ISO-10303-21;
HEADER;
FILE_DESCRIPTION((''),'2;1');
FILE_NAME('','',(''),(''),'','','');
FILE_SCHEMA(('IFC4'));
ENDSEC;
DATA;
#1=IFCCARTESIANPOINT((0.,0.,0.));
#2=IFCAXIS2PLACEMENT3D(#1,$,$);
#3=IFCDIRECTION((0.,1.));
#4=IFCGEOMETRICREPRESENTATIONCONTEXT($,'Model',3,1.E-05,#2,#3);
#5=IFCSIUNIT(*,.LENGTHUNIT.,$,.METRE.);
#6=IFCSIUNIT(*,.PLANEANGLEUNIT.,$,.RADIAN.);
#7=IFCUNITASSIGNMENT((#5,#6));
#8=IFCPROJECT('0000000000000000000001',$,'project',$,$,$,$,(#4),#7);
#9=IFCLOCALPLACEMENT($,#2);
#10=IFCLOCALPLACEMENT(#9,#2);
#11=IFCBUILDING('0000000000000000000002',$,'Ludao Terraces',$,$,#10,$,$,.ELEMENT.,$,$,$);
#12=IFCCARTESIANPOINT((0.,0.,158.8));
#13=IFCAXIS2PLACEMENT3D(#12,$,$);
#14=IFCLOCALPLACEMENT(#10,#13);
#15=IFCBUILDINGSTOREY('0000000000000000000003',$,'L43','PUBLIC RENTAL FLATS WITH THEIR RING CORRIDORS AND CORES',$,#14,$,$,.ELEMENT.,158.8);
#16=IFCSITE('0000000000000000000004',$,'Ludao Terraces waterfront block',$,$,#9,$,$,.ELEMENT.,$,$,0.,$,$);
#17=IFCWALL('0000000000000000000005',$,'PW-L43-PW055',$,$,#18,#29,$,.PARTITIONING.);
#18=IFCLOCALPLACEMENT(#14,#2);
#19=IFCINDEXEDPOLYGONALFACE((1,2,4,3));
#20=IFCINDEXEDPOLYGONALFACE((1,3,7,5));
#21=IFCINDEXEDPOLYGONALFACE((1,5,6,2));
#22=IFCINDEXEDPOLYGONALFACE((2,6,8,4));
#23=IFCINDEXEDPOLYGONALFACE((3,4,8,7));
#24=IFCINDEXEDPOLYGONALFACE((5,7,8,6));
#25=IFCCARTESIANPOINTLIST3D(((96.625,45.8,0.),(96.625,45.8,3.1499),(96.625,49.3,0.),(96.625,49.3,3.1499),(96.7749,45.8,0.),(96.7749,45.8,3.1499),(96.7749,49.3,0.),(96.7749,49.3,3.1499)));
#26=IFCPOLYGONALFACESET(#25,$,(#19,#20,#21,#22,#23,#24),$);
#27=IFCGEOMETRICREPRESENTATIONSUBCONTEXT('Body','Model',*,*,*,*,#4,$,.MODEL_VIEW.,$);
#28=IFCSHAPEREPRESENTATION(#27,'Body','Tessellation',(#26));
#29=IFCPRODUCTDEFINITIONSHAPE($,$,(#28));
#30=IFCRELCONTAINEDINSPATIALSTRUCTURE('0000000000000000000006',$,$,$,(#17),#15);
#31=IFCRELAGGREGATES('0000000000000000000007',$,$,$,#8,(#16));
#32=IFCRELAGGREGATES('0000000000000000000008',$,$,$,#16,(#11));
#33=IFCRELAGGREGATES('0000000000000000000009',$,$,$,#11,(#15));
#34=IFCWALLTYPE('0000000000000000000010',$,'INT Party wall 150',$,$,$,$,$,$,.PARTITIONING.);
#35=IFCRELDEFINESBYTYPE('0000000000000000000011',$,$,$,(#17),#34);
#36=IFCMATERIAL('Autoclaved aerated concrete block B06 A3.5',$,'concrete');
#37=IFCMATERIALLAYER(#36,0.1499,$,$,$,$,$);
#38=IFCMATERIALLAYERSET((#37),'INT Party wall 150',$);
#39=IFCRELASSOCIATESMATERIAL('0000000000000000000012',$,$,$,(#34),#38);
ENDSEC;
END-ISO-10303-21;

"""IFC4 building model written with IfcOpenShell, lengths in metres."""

from ifc_helpers import new_model, si_unit, direction, frame, frame_2d, origin, place, context, subcontext, project, spatial, rectangle, extrude, material, layer, layer_set, type_object, element, save


model = new_model("IFC4")

# Units and contexts
model_context = context("Model", 3, precision=1e-05, world=origin(), true_north=direction((0.0, 1.0)))
body_context = subcontext(model_context, "Body", "Model", "MODEL_VIEW")
ifc_project = project(units=[si_unit("LENGTHUNIT", "METRE"), si_unit("PLANEANGLEUNIT", "RADIAN")], contexts=[model_context])

# Site, building, storey
site_placement = place(None, origin())
site = spatial("IfcSite", under=ifc_project, at=site_placement, Name="Ludao Terraces waterfront block", CompositionType="ELEMENT", RefElevation=0.0)
building_placement = place(site_placement, origin())
building = spatial("IfcBuilding", under=site, at=building_placement, Name="Ludao Terraces", CompositionType="ELEMENT")
storey_placement = place(building_placement, frame((0.0, 0.0, 158.8)))
storey = spatial("IfcBuildingStorey", under=building, at=storey_placement, Name="L43", Description="PUBLIC RENTAL FLATS WITH THEIR RING CORRIDORS AND CORES", CompositionType="ELEMENT", Elevation=158.8)

# Shared definitions
ifc_material_1 = material(Name="Autoclaved aerated concrete block B06 A3.5", Category="concrete")

# Wall
ifc_layer_1 = layer(ifc_material_1, 0.1499)
ifc_layer_set_1 = layer_set([ifc_layer_1], Name="INT Party wall 150")
wall_type_1 = type_object("IfcWallType", Name="INT Party wall 150", PredefinedType="PARTITIONING", material=ifc_layer_set_1)
wall_1_placement = place(storey_placement, frame((96.7, 45.8, 0.0), z_axis=(0.0, 0.0, 1.0), x_axis=(0.0, 1.0, 0.0)))
element("IfcWall", 1, at=wall_1_placement, inside=storey, type_object=wall_type_1, Name="PW-L43-PW055", PredefinedType="PARTITIONING", context=body_context, shape_type="SweptSolid", body=[
    extrude(rectangle(XDim=3.5, YDim=0.1499, at=frame_2d((1.75, 0.0))), origin(), (0.0, 0.0, 1.0), 3.1499),
])

save(model, "model.ifc")
